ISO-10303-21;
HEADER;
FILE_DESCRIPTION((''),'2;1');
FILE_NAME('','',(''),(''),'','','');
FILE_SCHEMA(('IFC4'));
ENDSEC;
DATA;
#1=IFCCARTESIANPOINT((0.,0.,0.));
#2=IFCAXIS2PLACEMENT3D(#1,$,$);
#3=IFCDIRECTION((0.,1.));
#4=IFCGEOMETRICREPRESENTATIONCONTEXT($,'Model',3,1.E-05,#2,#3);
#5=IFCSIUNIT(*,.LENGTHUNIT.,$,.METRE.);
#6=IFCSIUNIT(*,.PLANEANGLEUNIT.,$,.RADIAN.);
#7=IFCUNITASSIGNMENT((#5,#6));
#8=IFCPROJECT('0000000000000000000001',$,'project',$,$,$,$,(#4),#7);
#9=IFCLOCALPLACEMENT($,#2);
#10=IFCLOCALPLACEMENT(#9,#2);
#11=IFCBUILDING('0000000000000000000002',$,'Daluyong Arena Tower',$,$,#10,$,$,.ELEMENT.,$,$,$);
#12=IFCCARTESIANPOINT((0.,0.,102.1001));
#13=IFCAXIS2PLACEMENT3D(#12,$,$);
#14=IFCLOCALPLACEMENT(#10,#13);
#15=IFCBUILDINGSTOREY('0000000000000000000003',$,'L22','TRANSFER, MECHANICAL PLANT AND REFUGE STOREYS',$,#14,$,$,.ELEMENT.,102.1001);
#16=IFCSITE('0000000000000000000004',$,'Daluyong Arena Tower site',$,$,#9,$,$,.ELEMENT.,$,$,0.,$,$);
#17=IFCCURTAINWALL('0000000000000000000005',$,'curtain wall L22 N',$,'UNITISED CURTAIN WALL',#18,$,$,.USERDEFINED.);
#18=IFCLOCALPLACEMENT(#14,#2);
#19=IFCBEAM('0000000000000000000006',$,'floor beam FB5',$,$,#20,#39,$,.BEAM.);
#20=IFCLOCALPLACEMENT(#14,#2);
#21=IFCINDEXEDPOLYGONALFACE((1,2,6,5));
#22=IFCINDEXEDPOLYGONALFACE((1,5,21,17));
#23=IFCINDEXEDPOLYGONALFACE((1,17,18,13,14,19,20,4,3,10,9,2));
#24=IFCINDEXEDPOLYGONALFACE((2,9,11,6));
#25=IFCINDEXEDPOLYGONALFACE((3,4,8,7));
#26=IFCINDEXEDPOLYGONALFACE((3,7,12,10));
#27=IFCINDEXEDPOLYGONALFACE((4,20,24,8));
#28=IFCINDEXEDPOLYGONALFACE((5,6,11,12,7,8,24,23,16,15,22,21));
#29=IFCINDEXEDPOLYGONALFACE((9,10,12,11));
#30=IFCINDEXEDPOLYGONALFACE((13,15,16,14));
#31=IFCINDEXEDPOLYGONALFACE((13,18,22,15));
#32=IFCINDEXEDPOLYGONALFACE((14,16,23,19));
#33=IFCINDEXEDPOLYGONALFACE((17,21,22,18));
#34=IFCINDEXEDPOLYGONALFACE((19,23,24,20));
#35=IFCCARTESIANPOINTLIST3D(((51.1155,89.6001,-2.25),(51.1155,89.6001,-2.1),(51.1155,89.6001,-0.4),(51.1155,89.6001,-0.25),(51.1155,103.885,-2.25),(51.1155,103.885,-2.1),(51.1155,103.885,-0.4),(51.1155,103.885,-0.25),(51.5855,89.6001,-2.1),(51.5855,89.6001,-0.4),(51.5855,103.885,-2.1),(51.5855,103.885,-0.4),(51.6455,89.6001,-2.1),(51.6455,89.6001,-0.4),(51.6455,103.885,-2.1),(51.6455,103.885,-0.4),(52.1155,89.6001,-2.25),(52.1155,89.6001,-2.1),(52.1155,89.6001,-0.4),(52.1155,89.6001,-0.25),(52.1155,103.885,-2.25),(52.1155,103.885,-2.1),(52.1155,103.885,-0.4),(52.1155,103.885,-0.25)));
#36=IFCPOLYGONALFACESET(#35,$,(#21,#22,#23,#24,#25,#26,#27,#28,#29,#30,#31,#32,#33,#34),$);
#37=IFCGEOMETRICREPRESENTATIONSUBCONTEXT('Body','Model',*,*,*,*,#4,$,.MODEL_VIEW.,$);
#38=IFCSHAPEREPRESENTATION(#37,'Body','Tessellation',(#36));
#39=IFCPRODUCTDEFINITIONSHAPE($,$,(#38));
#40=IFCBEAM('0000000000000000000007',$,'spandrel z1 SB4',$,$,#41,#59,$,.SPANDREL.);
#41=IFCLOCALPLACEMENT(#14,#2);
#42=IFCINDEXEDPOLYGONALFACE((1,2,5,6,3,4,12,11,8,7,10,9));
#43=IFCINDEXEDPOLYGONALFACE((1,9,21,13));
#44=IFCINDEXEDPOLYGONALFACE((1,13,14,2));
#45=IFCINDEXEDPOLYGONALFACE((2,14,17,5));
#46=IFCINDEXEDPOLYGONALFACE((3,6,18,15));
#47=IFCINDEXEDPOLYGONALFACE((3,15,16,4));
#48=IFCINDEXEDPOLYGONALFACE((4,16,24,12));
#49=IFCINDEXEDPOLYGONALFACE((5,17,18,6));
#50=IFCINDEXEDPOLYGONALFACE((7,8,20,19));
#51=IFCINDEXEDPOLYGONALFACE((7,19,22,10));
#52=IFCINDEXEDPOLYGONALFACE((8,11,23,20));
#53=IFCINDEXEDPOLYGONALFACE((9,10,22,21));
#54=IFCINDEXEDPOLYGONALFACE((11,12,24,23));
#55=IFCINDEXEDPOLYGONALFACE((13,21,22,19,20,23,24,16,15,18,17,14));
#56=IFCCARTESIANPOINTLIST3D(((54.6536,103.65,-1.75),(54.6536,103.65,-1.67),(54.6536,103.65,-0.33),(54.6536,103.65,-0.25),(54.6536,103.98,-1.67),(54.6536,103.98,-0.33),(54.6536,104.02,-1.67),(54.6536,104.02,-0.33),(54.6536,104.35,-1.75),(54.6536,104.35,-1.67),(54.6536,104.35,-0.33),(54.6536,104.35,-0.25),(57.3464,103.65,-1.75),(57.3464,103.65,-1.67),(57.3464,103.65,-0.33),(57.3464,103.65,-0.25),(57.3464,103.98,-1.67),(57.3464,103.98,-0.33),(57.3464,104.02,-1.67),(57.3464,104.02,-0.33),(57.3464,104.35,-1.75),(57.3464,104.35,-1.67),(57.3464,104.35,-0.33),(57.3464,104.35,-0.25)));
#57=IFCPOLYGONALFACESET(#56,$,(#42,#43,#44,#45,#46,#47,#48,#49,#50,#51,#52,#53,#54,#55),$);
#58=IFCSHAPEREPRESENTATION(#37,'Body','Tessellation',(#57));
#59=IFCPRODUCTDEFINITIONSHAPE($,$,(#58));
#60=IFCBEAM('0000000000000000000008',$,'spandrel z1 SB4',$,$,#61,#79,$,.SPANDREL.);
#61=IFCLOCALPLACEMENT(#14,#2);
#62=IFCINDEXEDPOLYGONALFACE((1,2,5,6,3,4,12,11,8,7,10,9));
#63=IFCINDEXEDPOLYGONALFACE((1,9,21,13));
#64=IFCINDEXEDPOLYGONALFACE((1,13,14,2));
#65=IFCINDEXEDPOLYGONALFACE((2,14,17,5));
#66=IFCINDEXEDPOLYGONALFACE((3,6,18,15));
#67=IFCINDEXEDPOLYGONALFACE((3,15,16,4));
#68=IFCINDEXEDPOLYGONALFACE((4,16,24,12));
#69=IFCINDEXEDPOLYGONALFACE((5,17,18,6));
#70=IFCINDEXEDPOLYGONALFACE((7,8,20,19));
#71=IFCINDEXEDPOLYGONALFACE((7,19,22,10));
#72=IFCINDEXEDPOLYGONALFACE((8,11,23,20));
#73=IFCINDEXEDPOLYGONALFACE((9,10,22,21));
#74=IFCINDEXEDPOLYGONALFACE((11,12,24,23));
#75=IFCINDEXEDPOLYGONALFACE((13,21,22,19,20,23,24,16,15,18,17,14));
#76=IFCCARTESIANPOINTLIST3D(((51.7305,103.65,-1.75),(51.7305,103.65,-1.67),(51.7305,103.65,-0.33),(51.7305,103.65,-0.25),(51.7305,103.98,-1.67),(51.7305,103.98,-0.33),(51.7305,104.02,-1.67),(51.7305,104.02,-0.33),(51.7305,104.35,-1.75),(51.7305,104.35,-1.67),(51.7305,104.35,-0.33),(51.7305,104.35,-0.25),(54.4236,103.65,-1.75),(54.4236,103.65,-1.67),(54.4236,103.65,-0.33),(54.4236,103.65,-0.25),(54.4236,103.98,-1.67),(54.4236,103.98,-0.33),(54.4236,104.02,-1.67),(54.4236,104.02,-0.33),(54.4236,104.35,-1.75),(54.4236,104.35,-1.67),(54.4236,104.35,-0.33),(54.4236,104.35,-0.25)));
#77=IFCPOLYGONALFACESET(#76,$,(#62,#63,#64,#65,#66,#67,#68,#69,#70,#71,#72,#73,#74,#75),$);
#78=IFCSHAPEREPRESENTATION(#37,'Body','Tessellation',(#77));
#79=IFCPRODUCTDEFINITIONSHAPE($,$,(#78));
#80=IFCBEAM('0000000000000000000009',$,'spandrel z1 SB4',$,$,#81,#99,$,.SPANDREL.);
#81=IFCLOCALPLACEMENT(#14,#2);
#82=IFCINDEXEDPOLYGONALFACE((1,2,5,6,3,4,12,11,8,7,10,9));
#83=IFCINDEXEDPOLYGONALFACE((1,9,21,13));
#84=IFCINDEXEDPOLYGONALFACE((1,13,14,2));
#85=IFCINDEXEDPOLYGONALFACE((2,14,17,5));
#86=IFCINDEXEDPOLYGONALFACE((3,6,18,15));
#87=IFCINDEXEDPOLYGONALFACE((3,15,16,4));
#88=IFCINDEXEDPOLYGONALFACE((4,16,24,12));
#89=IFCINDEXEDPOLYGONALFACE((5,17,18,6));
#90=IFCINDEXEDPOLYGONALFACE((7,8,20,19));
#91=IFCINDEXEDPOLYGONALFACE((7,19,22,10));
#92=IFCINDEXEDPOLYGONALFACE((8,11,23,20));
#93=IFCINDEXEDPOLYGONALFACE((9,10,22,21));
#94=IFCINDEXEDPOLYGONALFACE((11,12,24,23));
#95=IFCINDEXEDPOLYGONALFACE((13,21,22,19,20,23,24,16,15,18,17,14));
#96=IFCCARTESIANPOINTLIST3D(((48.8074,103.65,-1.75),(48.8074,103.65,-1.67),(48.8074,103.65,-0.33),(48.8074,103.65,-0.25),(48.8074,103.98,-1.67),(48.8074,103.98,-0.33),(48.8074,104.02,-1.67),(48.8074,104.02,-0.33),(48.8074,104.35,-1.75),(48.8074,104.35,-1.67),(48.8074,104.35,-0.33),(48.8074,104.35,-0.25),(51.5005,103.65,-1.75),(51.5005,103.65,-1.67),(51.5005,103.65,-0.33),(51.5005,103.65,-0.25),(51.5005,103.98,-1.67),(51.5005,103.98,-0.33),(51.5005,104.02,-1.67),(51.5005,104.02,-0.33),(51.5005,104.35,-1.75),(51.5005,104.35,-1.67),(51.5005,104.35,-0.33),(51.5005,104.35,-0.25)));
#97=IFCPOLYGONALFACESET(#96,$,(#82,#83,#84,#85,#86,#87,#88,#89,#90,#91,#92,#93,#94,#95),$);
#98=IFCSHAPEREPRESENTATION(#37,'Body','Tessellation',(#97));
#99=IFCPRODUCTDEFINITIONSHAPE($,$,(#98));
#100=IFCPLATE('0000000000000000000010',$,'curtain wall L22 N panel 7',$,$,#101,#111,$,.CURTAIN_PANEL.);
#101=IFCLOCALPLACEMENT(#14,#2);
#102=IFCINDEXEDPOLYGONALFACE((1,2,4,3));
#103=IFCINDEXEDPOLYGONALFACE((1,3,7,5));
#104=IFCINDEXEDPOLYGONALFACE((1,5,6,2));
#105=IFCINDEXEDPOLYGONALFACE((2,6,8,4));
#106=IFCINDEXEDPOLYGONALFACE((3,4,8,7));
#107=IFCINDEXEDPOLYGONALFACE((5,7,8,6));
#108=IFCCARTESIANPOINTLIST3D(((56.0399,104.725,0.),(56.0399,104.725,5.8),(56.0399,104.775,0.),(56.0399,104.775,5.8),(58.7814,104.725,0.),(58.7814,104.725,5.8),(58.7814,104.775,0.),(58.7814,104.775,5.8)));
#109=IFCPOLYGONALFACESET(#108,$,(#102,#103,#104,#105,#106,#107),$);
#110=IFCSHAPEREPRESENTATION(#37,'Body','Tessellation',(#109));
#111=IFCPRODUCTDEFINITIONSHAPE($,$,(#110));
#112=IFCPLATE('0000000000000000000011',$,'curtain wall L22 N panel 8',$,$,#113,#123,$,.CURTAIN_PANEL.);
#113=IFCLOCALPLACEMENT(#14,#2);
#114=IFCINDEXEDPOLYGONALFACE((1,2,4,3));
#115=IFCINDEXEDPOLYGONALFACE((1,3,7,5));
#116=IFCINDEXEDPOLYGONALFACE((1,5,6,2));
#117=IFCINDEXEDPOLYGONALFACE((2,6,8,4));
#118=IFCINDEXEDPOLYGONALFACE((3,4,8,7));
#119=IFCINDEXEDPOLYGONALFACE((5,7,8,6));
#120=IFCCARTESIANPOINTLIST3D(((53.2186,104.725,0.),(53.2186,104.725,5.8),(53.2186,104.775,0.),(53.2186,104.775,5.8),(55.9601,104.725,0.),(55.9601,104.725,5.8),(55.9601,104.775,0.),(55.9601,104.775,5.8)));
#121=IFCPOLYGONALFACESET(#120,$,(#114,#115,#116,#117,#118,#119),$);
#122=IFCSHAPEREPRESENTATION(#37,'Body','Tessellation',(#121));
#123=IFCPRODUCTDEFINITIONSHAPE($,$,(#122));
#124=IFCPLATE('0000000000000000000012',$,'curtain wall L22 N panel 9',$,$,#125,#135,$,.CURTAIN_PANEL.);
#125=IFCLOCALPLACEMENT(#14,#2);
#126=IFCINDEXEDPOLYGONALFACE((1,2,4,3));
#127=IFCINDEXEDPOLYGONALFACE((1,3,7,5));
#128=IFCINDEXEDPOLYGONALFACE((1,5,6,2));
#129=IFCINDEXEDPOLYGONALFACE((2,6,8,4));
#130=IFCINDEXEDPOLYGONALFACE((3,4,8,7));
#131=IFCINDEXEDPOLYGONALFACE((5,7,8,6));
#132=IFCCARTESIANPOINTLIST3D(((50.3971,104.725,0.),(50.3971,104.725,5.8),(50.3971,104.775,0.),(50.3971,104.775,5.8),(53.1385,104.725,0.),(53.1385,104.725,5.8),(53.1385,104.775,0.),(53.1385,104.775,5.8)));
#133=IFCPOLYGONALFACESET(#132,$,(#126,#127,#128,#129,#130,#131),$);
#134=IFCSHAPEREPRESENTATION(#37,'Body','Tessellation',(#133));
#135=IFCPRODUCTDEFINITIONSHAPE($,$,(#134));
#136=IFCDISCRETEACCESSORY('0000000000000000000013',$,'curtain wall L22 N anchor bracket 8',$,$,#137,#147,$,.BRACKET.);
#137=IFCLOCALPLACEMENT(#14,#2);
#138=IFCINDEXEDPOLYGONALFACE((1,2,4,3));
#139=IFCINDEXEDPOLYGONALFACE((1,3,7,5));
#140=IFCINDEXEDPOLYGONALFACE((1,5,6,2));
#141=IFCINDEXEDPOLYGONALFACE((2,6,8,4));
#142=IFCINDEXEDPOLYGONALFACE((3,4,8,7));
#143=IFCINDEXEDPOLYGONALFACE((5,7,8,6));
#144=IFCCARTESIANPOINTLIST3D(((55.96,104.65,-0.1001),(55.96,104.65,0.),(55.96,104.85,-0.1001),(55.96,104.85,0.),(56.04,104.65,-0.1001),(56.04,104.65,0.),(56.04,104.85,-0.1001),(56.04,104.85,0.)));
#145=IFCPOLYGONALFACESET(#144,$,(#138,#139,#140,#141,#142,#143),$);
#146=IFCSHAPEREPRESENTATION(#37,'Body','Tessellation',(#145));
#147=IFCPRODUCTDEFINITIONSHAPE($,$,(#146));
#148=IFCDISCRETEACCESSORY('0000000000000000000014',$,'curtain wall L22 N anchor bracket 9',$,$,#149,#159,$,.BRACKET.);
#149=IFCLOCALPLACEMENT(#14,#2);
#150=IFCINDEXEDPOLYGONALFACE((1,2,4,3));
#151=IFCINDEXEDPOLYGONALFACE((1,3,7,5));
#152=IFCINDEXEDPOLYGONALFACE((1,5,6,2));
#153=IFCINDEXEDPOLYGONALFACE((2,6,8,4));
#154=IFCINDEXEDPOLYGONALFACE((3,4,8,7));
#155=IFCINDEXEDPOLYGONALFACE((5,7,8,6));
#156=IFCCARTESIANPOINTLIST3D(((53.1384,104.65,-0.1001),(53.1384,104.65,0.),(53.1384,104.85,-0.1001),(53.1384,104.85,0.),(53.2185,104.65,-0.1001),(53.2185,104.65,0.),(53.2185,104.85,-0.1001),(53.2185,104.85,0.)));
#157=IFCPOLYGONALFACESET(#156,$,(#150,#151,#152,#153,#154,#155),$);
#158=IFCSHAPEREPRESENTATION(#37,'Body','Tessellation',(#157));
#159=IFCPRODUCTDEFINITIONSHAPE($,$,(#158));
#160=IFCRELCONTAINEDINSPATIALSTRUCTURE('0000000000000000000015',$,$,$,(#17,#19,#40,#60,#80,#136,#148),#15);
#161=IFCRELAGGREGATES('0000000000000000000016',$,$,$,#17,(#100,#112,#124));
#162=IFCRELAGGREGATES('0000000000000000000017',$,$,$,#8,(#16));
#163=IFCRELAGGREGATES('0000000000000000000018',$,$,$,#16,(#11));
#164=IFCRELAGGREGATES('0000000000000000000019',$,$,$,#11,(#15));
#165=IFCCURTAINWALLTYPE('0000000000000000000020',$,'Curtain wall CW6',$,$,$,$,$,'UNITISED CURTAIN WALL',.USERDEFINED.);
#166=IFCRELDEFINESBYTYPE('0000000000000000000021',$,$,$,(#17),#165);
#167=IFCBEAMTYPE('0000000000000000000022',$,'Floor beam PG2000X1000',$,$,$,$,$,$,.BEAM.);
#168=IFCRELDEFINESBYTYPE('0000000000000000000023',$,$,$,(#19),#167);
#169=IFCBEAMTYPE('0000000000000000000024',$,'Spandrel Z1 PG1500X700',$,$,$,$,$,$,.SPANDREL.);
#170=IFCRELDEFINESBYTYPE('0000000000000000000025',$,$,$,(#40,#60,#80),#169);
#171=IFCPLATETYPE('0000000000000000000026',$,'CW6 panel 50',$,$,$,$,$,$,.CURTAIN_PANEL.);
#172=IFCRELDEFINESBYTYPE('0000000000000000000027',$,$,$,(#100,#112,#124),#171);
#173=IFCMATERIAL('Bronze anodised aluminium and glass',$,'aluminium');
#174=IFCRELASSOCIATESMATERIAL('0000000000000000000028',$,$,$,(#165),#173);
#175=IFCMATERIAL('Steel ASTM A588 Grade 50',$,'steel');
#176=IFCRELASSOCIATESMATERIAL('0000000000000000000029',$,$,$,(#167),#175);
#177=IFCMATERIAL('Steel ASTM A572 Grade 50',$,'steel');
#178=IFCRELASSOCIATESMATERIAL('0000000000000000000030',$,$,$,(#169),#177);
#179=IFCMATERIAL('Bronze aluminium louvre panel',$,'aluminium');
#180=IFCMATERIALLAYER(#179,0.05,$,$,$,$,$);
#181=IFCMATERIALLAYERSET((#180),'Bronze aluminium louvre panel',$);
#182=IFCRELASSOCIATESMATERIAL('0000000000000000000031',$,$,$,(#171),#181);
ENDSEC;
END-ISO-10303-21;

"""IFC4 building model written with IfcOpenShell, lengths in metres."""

from ifc_helpers import new_model, si_unit, direction, frame, origin, origin_2d, place, context, subcontext, project, spatial, rectangle, i_section, extrude, material, layer, layer_set, material_profile, profile_set, type_object, element, aggregate, save


model = new_model("IFC4")

# Units and contexts
model_context = context("Model", 3, precision=1e-05, world=origin(), true_north=direction((0.0, 1.0)))
body_context = subcontext(model_context, "Body", "Model", "MODEL_VIEW")
ifc_project = project(units=[si_unit("LENGTHUNIT", "METRE"), si_unit("PLANEANGLEUNIT", "RADIAN")], contexts=[model_context])

# Site, building, storey
site_placement = place(None, origin())
site = spatial("IfcSite", under=ifc_project, at=site_placement, Name="Daluyong Arena Tower site", CompositionType="ELEMENT", RefElevation=0.0)
building_placement = place(site_placement, origin())
building = spatial("IfcBuilding", under=site, at=building_placement, Name="Daluyong Arena Tower", CompositionType="ELEMENT")
storey_placement = place(building_placement, frame((0.0, 0.0, 102.1001)))
storey = spatial("IfcBuildingStorey", under=building, at=storey_placement, Name="L22", Description="TRANSFER, MECHANICAL PLANT AND REFUGE STOREYS", CompositionType="ELEMENT", Elevation=102.1001)

# Curtain wall
ifc_material_1 = material(Name="Bronze anodised aluminium and glass", Category="aluminium")
curtain_wall_type = type_object("IfcCurtainWallType", Name="Curtain wall CW6", ElementType="UNITISED CURTAIN WALL", PredefinedType="USERDEFINED", material=ifc_material_1)
curtain_wall_placement = place(storey_placement, origin())
curtain_wall = element("IfcCurtainWall", 1, at=curtain_wall_placement, inside=storey, type_object=curtain_wall_type, Name="curtain wall L22 N", ObjectType="UNITISED CURTAIN WALL", PredefinedType="USERDEFINED")

# Beams
ifc_material_2 = material(Name="Steel ASTM A588 Grade 50", Category="steel")
ifc_material_profile_1 = material_profile(ifc_material_2, i_section(OverallWidth=1.0, OverallDepth=2.0, WebThickness=0.06, FlangeThickness=0.15, at=origin_2d()))
ifc_profile_set_1 = profile_set([ifc_material_profile_1], Name="Steel ASTM A588 Grade 50")
beam_type_1 = type_object("IfcBeamType", Name="Floor beam PG2000X1000", PredefinedType="BEAM", material=ifc_profile_set_1)
for number, where, z_axis, x_axis, name in (
    (2, (51.6155, 103.885, -1.25), (0.0, -1.0, 0.0), (1.0, 0.0, 0.0), "floor beam FB5"),
):
    element("IfcBeam", number, at=place(storey_placement, frame(where, z_axis=z_axis, x_axis=x_axis)), inside=storey, type_object=beam_type_1, Name=name, PredefinedType="BEAM", context=body_context, shape_type="SweptSolid", body=[
        extrude(i_section(OverallWidth=1.0, OverallDepth=2.0, WebThickness=0.06, FlangeThickness=0.15, at=origin_2d()), origin(), (0.0, 0.0, 1.0), 14.2849),
    ])
ifc_material_3 = material(Name="Steel ASTM A572 Grade 50", Category="steel")
ifc_material_profile_2 = material_profile(ifc_material_3, i_section(OverallWidth=0.7, OverallDepth=1.5, WebThickness=0.04, FlangeThickness=0.08, at=origin_2d()))
ifc_profile_set_2 = profile_set([ifc_material_profile_2], Name="Steel ASTM A572 Grade 50")
beam_type_2 = type_object("IfcBeamType", Name="Spandrel Z1 PG1500X700", PredefinedType="SPANDREL", material=ifc_profile_set_2)
beam_placement = place(storey_placement, frame((57.3464, 104.0, -1.0), z_axis=(-1.0, 0.0, 0.0), x_axis=(0.0, -1.0, 0.0)))
element("IfcBeam", 3, at=beam_placement, inside=storey, type_object=beam_type_2, Name="spandrel z1 SB4", PredefinedType="SPANDREL", context=body_context, shape_type="SweptSolid", body=[
    extrude(i_section(OverallWidth=0.7, OverallDepth=1.5, WebThickness=0.04, FlangeThickness=0.08, at=origin_2d()), origin(), (0.0, 0.0, 1.0), 2.6929),
])
for number, where, z_axis, x_axis, name in (
    (4, (54.4236, 104.0, -1.0), (-1.0, 0.0, 0.0), (0.0, -1.0, 0.0), "spandrel z1 SB4"),
    (5, (51.5005, 104.0, -1.0), (-1.0, 0.0, 0.0), (0.0, -1.0, 0.0), "spandrel z1 SB4"),
):
    element("IfcBeam", number, at=place(storey_placement, frame(where, z_axis=z_axis, x_axis=x_axis)), inside=storey, type_object=beam_type_2, Name=name, PredefinedType="SPANDREL", context=body_context, shape_type="SweptSolid", body=[
        extrude(i_section(OverallWidth=0.7, OverallDepth=1.5, WebThickness=0.04, FlangeThickness=0.08, at=origin_2d()), origin(), (0.0, 0.0, 1.0), 2.6931),
    ])

# Plates
ifc_material_4 = material(Name="Bronze aluminium louvre panel", Category="aluminium")
ifc_layer = layer(ifc_material_4, 0.05)
ifc_layer_set = layer_set([ifc_layer], Name="Bronze aluminium louvre panel")
plate_type = type_object("IfcPlateType", Name="CW6 panel 50", PredefinedType="CURTAIN_PANEL", material=ifc_layer_set)
plate_1_placement = place(storey_placement, frame((57.4106, 104.75, 0.0), z_axis=(0.0, 0.0, 1.0), x_axis=(-1.0, 0.0, 0.0)))
plate_1 = element("IfcPlate", 6, at=plate_1_placement, type_object=plate_type, Name="curtain wall L22 N panel 7", PredefinedType="CURTAIN_PANEL", context=body_context, shape_type="SweptSolid", body=[
    extrude(rectangle(XDim=2.7415, YDim=0.05, at=origin_2d()), origin(), (0.0, 0.0, 1.0), 5.8),
])
plate_2_placement = place(storey_placement, frame((54.5894, 104.75, 0.0), z_axis=(0.0, 0.0, 1.0), x_axis=(-1.0, 0.0, 0.0)))
plate_2 = element("IfcPlate", 7, at=plate_2_placement, type_object=plate_type, Name="curtain wall L22 N panel 8", PredefinedType="CURTAIN_PANEL", context=body_context, shape_type="SweptSolid", body=[
    extrude(rectangle(XDim=2.7415, YDim=0.05, at=origin_2d()), origin(), (0.0, 0.0, 1.0), 5.8),
])
plate_3_placement = place(storey_placement, frame((51.7678, 104.75, 0.0), z_axis=(0.0, 0.0, 1.0), x_axis=(-1.0, 0.0, 0.0)))
plate_3 = element("IfcPlate", 8, at=plate_3_placement, type_object=plate_type, Name="curtain wall L22 N panel 9", PredefinedType="CURTAIN_PANEL", context=body_context, shape_type="SweptSolid", body=[
    extrude(rectangle(XDim=2.7415, YDim=0.05, at=origin_2d()), origin(), (0.0, 0.0, 1.0), 5.8),
])
aggregate(curtain_wall, [plate_1, plate_2, plate_3])

# Discrete accessories
for number, where, z_axis, x_axis, name in (
    (9, (56.0, 104.75, -0.1001), (0.0, 0.0, 1.0), (-1.0, 0.0, 0.0), "curtain wall L22 N anchor bracket 8"),
    (10, (53.1785, 104.75, -0.1001), (0.0, 0.0, 1.0), (-1.0, 0.0, 0.0), "curtain wall L22 N anchor bracket 9"),
):
    element("IfcDiscreteAccessory", number, at=place(storey_placement, frame(where, z_axis=z_axis, x_axis=x_axis)), inside=storey, Name=name, PredefinedType="BRACKET", context=body_context, shape_type="SweptSolid", body=[
        extrude(rectangle(XDim=0.0801, YDim=0.2, at=origin_2d()), origin(), (0.0, 0.0, 1.0), 0.1001),
    ])

save(model, "model.ifc")
